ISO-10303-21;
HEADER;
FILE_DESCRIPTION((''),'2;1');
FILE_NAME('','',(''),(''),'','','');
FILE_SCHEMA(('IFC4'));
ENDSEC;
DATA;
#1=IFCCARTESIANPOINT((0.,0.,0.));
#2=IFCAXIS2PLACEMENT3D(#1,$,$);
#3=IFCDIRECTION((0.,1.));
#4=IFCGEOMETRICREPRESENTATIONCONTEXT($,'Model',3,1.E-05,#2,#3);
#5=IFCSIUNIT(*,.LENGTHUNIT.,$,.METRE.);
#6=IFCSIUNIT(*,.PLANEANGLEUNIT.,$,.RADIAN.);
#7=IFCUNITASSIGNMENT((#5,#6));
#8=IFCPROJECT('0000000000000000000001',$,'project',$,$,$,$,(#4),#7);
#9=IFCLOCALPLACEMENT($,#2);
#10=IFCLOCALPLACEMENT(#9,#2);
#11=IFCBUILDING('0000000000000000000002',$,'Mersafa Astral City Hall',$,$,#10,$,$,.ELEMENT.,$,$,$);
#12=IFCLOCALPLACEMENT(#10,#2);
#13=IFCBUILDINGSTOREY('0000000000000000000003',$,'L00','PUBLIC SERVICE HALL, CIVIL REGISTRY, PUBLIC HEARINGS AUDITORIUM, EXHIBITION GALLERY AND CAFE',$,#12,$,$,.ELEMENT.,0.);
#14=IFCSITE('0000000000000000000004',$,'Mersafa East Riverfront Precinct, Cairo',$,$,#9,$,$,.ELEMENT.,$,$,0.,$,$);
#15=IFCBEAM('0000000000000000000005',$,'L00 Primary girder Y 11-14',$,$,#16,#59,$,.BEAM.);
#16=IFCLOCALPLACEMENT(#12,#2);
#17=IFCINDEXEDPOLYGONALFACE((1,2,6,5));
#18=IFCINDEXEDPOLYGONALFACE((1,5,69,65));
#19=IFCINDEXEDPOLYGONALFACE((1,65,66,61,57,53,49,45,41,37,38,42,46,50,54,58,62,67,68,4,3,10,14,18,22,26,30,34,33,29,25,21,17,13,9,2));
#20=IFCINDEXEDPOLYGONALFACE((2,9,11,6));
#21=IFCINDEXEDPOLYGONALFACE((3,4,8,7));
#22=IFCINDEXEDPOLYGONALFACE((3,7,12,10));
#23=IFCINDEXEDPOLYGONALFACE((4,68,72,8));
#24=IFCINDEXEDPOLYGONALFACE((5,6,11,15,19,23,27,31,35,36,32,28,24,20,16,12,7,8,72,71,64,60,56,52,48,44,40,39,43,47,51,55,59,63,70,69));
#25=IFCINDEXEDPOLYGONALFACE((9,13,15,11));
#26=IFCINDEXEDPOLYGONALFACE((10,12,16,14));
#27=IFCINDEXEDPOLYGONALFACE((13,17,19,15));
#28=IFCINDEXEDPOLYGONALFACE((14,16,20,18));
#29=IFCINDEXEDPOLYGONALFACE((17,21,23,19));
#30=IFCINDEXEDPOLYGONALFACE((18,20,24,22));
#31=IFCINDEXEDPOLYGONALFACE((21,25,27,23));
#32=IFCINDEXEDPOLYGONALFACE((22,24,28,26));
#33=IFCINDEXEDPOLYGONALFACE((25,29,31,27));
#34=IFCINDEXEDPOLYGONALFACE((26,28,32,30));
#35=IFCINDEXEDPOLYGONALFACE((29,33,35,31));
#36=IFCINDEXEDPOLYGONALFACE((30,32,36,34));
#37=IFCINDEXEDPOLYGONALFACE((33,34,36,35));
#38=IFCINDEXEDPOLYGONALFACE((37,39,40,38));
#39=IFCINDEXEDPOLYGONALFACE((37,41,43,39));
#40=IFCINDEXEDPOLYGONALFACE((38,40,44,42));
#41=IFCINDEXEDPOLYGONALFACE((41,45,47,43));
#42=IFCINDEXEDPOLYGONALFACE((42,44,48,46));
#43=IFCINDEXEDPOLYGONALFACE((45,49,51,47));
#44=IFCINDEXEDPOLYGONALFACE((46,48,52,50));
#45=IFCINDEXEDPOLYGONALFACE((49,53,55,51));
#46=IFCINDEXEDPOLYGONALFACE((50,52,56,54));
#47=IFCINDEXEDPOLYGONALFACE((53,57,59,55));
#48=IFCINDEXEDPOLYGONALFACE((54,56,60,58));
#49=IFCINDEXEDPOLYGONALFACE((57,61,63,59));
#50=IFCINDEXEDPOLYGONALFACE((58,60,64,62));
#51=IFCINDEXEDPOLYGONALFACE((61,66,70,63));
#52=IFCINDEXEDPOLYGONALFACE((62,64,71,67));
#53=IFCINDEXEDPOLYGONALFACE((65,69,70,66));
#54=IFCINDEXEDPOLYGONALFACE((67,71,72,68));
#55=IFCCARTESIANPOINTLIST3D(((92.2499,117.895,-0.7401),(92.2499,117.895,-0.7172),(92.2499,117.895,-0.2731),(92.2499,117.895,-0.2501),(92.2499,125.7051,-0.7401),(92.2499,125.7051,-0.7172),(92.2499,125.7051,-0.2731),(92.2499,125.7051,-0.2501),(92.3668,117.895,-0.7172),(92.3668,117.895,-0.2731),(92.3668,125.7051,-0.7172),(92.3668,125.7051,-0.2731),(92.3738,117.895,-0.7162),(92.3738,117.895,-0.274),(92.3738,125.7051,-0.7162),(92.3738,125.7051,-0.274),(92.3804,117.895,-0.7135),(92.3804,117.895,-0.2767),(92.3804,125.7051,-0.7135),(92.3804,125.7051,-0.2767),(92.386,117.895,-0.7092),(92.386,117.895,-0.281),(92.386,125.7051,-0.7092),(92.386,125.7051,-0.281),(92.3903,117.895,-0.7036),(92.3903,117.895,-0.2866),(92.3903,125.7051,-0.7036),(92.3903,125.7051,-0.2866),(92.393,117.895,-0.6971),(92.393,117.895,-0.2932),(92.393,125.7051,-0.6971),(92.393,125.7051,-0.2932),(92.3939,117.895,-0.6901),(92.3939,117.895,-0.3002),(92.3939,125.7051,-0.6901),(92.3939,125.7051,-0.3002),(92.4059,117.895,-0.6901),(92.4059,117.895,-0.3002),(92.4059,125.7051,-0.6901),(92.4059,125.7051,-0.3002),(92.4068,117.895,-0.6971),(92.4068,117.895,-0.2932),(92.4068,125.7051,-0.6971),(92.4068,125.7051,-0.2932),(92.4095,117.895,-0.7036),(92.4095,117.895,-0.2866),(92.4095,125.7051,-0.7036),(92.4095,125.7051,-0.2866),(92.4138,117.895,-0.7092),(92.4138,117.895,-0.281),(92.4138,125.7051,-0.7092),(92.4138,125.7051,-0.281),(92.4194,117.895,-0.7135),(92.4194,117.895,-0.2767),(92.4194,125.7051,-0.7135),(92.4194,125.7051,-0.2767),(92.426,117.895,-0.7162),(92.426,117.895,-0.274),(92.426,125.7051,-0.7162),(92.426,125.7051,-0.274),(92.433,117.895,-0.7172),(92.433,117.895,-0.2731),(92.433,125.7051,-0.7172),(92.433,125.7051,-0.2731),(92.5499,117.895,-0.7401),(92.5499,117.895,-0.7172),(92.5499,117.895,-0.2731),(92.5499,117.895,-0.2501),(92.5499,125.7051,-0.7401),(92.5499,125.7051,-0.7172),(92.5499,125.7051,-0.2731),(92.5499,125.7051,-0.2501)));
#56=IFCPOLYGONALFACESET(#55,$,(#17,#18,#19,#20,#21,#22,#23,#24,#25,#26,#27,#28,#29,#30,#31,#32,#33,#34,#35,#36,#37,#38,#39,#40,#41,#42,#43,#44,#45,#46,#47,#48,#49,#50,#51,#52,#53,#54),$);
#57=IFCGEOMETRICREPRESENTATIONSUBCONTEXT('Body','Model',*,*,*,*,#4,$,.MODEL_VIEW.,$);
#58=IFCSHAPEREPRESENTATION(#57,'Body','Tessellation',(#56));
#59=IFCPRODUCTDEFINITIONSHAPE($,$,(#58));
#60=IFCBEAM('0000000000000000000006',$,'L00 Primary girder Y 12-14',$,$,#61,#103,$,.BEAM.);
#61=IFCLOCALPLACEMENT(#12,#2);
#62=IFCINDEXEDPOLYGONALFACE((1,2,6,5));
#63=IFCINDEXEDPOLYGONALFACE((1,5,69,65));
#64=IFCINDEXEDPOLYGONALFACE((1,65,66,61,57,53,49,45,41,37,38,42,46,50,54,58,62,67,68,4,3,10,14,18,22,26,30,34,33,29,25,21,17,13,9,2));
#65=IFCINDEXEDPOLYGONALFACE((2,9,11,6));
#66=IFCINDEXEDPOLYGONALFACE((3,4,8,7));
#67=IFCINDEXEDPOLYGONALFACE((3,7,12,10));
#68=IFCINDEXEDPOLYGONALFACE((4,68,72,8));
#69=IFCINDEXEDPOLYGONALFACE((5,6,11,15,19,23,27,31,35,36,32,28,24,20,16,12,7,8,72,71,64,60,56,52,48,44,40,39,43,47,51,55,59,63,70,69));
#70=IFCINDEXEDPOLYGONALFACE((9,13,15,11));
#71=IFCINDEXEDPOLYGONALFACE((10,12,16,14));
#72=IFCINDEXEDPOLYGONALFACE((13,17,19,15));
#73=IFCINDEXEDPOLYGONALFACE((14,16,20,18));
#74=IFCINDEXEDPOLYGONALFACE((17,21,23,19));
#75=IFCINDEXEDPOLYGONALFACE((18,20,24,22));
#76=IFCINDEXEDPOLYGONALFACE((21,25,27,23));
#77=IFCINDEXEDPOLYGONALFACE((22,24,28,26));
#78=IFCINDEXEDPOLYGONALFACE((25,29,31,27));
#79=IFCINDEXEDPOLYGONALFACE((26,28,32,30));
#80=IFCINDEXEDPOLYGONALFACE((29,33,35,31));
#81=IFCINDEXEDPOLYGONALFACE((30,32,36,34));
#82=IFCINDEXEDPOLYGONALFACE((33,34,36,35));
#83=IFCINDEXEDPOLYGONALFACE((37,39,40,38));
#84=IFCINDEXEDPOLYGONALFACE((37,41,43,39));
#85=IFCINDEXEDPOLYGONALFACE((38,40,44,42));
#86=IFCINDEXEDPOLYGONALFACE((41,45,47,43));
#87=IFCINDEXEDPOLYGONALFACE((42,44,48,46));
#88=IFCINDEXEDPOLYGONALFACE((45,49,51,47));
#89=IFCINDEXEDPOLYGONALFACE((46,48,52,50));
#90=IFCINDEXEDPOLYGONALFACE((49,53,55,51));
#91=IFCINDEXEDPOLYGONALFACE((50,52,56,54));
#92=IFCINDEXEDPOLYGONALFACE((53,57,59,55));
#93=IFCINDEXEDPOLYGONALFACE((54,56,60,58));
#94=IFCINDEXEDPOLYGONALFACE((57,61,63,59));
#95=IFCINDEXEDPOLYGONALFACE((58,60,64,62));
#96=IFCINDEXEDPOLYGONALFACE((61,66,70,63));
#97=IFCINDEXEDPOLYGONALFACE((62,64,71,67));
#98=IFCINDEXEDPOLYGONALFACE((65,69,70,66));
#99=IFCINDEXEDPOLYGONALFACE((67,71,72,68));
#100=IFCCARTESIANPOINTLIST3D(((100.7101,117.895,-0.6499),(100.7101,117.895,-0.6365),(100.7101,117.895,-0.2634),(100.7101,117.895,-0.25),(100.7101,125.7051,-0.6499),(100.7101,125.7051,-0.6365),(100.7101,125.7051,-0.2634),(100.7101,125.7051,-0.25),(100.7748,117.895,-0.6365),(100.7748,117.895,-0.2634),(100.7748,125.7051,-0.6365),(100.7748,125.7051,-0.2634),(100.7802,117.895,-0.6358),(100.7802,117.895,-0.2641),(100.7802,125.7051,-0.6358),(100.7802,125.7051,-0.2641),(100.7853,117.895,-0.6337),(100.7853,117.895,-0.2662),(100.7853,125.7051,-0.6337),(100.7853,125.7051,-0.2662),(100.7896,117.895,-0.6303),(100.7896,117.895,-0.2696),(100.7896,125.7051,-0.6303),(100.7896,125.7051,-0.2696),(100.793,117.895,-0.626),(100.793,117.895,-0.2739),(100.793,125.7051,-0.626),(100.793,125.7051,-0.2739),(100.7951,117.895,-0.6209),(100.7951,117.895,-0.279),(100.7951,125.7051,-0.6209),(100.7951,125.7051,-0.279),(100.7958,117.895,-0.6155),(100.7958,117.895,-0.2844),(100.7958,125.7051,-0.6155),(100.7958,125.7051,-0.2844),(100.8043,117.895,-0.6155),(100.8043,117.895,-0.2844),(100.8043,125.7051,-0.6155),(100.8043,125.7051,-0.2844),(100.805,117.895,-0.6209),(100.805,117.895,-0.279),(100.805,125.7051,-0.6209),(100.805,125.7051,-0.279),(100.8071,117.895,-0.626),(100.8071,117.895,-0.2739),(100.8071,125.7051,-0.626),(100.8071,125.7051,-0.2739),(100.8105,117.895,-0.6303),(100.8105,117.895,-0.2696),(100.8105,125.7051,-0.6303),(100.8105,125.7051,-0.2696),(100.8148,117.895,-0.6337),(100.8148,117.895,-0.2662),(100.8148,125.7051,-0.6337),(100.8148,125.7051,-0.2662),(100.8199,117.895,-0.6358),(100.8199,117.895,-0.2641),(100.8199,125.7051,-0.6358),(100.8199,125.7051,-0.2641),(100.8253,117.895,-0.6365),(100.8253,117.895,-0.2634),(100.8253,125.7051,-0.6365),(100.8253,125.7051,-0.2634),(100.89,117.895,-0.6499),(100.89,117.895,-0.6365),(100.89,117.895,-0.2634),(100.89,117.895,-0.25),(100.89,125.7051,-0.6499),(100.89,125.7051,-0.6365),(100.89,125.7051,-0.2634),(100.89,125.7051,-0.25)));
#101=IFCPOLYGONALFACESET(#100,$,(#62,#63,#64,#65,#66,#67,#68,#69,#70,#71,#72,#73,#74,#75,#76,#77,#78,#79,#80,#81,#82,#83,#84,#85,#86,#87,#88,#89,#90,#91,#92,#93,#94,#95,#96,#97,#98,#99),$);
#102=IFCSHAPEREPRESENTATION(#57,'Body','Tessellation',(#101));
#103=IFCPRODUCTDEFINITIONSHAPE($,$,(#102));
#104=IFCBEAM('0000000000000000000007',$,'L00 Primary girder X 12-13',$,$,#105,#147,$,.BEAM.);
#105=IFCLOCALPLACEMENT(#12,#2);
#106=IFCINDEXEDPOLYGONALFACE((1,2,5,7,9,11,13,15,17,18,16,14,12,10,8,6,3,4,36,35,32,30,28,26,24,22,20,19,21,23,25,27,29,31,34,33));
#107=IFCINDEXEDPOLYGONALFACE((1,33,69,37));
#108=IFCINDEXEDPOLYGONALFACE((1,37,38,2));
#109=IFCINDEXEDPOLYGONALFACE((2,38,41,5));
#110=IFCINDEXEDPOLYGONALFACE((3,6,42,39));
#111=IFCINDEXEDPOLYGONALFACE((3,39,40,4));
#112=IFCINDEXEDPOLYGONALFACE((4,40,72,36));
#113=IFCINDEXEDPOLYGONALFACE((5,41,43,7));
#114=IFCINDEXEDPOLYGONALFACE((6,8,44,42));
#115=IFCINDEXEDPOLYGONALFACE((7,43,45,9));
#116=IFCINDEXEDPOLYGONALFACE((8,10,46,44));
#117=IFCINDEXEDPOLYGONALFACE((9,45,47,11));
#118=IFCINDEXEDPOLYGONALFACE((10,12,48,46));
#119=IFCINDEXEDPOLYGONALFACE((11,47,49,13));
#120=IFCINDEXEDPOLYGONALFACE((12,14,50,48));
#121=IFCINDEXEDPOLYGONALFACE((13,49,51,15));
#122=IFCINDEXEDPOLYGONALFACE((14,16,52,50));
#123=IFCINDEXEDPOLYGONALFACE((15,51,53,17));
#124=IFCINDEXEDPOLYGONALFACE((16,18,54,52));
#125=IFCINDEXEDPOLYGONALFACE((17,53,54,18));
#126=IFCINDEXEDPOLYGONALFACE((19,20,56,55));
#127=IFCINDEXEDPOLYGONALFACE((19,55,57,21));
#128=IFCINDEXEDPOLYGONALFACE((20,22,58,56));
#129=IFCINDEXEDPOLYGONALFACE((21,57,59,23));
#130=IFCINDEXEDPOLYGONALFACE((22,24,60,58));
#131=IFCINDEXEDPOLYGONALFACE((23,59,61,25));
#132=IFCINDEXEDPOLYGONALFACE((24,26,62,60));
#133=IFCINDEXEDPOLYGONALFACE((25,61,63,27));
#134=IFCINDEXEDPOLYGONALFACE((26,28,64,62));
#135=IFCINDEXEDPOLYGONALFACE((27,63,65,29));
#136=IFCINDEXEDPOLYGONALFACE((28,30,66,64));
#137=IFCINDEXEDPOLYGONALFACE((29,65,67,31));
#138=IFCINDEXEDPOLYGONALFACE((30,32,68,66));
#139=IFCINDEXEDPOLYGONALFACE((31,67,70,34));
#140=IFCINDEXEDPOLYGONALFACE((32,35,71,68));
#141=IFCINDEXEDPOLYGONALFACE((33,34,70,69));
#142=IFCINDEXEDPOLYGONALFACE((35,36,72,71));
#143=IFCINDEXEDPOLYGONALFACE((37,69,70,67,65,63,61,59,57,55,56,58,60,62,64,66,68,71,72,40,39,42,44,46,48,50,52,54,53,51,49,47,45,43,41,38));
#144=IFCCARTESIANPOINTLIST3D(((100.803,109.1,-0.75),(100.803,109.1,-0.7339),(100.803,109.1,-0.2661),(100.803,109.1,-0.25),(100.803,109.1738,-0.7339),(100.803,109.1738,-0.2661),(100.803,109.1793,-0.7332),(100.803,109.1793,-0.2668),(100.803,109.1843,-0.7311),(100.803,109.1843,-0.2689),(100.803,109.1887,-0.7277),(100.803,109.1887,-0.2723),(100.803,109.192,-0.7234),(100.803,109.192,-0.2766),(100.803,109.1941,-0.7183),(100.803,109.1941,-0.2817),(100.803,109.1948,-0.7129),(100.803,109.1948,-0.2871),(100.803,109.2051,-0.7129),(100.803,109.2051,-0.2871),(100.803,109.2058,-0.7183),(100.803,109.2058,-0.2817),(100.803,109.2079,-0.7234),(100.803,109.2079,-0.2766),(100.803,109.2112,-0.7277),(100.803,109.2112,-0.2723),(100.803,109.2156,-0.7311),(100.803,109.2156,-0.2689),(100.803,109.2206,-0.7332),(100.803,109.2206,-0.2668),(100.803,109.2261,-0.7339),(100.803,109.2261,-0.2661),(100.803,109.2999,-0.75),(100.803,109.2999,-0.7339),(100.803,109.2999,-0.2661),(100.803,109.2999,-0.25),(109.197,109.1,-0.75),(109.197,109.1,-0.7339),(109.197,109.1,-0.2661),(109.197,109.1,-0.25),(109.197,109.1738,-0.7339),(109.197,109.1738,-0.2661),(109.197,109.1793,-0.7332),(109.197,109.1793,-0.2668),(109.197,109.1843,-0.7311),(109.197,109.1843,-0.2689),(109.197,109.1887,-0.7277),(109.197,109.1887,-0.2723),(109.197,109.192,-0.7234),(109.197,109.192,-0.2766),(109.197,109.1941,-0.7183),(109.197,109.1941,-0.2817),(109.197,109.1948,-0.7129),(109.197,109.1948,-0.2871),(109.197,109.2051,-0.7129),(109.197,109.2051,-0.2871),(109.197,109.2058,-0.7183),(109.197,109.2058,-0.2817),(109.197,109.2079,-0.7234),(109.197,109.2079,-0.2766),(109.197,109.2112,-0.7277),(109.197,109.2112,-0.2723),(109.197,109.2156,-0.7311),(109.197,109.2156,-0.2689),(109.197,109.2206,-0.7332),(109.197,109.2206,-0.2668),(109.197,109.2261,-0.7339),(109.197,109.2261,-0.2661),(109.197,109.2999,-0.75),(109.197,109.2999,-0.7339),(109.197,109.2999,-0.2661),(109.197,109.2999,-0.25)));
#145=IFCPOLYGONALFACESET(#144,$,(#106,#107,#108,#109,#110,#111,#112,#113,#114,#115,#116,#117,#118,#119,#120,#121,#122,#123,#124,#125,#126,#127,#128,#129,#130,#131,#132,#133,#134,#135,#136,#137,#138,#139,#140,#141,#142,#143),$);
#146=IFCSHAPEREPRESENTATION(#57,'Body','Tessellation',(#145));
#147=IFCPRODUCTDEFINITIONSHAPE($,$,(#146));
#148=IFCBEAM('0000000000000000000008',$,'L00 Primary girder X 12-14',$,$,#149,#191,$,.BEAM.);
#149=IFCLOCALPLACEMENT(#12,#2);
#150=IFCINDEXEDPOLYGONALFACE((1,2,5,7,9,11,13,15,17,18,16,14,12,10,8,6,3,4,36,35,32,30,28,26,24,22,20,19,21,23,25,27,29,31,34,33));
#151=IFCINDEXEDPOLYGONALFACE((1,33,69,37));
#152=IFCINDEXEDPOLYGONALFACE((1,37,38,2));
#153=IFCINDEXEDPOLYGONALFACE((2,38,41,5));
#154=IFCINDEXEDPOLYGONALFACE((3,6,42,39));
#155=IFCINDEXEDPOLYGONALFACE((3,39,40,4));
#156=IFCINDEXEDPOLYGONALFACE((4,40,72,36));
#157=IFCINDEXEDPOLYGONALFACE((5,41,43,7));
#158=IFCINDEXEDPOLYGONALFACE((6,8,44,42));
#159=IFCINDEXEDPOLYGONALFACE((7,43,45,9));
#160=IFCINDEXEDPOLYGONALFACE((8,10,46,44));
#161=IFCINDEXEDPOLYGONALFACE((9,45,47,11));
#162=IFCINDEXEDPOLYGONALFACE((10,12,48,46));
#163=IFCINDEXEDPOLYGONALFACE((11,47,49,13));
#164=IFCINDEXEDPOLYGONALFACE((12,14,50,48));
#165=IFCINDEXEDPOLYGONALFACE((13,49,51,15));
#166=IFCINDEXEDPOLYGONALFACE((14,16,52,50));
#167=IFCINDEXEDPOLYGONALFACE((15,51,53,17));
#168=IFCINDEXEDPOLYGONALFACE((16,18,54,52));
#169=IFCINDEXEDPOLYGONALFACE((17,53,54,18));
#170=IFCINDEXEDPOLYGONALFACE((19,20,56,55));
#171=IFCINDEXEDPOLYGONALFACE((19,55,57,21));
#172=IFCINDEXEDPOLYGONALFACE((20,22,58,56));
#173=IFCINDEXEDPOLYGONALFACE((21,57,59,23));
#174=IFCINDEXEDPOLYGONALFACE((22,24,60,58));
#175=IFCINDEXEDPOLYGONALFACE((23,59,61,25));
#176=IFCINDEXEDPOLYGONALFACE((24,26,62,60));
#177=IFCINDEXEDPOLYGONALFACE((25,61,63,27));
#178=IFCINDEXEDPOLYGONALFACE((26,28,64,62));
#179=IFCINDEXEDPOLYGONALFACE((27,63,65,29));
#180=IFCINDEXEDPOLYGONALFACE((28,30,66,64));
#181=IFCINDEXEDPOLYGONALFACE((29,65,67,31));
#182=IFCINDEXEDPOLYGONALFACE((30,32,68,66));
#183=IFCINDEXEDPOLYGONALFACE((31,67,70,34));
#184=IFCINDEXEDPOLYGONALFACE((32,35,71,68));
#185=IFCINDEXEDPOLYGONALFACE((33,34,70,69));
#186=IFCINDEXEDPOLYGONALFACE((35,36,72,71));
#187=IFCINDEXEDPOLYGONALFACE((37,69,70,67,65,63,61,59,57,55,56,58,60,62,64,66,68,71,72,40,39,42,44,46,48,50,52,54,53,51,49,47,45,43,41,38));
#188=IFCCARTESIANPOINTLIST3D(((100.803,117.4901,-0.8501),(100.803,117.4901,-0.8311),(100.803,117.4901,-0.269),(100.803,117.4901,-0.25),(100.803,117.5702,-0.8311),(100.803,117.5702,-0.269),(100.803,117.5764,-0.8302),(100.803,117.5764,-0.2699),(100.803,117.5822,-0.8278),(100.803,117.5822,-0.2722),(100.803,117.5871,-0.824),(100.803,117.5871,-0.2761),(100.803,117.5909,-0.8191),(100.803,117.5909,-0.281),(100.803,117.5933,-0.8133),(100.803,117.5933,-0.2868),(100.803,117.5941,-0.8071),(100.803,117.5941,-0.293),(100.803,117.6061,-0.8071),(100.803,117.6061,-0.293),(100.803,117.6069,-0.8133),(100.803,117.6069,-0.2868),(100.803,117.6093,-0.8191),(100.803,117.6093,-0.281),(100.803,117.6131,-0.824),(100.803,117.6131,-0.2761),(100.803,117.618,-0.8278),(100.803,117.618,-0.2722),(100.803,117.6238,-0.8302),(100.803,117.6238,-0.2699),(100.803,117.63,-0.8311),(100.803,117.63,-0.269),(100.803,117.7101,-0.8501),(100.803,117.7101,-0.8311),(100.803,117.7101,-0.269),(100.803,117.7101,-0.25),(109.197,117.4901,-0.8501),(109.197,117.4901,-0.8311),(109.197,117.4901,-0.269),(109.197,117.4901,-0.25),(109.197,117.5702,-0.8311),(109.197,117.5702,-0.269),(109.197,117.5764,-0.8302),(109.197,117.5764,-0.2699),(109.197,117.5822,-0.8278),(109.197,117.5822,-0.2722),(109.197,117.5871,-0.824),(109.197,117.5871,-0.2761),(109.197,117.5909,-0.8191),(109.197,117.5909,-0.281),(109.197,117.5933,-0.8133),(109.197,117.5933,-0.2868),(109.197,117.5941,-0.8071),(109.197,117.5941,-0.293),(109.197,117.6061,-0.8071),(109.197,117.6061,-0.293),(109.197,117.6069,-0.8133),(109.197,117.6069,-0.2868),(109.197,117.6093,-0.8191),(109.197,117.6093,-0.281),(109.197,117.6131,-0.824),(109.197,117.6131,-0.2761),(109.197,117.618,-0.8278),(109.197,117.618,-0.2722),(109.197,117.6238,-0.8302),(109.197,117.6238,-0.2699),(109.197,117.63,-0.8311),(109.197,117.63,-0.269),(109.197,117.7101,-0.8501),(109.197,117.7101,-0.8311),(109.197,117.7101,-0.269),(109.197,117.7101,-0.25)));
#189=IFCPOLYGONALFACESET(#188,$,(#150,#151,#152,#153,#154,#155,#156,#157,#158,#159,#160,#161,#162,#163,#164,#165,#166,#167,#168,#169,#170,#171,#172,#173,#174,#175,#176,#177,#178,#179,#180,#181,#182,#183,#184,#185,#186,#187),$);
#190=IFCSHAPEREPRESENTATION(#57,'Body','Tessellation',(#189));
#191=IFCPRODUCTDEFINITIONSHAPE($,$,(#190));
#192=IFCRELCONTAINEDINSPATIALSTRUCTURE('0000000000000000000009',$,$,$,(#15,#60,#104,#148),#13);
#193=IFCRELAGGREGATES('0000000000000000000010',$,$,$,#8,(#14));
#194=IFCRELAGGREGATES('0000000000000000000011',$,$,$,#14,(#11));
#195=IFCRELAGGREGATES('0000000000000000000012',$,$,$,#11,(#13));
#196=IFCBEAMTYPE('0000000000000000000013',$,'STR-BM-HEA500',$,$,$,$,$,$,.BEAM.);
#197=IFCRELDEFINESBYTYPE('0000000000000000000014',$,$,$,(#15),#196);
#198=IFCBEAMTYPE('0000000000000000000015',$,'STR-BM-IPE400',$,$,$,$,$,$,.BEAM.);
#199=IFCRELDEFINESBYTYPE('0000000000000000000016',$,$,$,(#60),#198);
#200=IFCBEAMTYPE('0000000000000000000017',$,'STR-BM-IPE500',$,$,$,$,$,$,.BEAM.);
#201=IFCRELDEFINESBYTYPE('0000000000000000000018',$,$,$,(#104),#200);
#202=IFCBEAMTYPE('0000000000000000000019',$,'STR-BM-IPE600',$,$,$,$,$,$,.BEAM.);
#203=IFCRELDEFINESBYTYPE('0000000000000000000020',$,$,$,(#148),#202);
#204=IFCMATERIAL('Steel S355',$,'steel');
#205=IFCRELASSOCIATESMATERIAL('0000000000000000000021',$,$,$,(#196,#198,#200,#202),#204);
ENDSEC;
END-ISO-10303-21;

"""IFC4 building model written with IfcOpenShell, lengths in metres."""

from ifc_helpers import new_model, si_unit, direction, frame, origin, origin_2d, place, context, subcontext, project, spatial, i_section, extrude, material, material_profile, profile_set, type_object, element, save


model = new_model("IFC4")

# Units and contexts
model_context = context("Model", 3, precision=1e-05, world=origin(), true_north=direction((0.0, 1.0)))
body_context = subcontext(model_context, "Body", "Model", "MODEL_VIEW")
ifc_project = project(units=[si_unit("LENGTHUNIT", "METRE"), si_unit("PLANEANGLEUNIT", "RADIAN")], contexts=[model_context])

# Site, building, storey
site_placement = place(None, origin())
site = spatial("IfcSite", under=ifc_project, at=site_placement, Name="Mersafa East Riverfront Precinct, Cairo", CompositionType="ELEMENT", RefElevation=0.0)
building_placement = place(site_placement, origin())
building = spatial("IfcBuilding", under=site, at=building_placement, Name="Mersafa Astral City Hall", CompositionType="ELEMENT")
storey_placement = place(building_placement, origin())
storey = spatial("IfcBuildingStorey", under=building, at=storey_placement, Name="L00", Description="PUBLIC SERVICE HALL, CIVIL REGISTRY, PUBLIC HEARINGS AUDITORIUM, EXHIBITION GALLERY AND CAFE", CompositionType="ELEMENT", Elevation=0.0)

# Shared definitions
ifc_material_1 = material(Name="Steel S355", Category="steel")

# Beams
ifc_material_profile_1 = material_profile(ifc_material_1, i_section(OverallWidth=0.3, OverallDepth=0.49, WebThickness=0.012, FlangeThickness=0.0229, FilletRadius=0.0271, at=origin_2d()), Name="HEA 500")
ifc_profile_set_1 = profile_set([ifc_material_profile_1], Name="Steel S355")
beam_type_1 = type_object("IfcBeamType", Name="STR-BM-HEA500", PredefinedType="BEAM", material=ifc_profile_set_1)
beam_1_placement = place(storey_placement, frame((92.3999, 117.895, -0.4951), z_axis=(0.0, 1.0, 0.0), x_axis=(-1.0, 0.0, 0.0)))
element("IfcBeam", 1, at=beam_1_placement, inside=storey, type_object=beam_type_1, Name="L00 Primary girder Y 11-14", PredefinedType="BEAM", context=body_context, shape_type="SweptSolid", body=[
    extrude(i_section(OverallWidth=0.3, OverallDepth=0.49, WebThickness=0.012, FlangeThickness=0.0229, FilletRadius=0.0271, at=origin_2d()), origin(), (0.0, 0.0, 1.0), 7.8101),
])
ifc_material_profile_2 = material_profile(ifc_material_1, i_section(OverallWidth=0.1799, OverallDepth=0.3999, WebThickness=0.0085, FlangeThickness=0.0134, FilletRadius=0.021, at=origin_2d()), Name="IPE 400")
ifc_profile_set_2 = profile_set([ifc_material_profile_2], Name="Steel S355")
beam_type_2 = type_object("IfcBeamType", Name="STR-BM-IPE400", PredefinedType="BEAM", material=ifc_profile_set_2)
beam_2_placement = place(storey_placement, frame((100.8, 117.895, -0.45), z_axis=(0.0, 1.0, 0.0), x_axis=(-1.0, 0.0, 0.0)))
element("IfcBeam", 2, at=beam_2_placement, inside=storey, type_object=beam_type_2, Name="L00 Primary girder Y 12-14", PredefinedType="BEAM", context=body_context, shape_type="SweptSolid", body=[
    extrude(i_section(OverallWidth=0.1799, OverallDepth=0.3999, WebThickness=0.0085, FlangeThickness=0.0134, FilletRadius=0.021, at=origin_2d()), origin(), (0.0, 0.0, 1.0), 7.8101),
])
ifc_material_profile_3 = material_profile(ifc_material_1, i_section(OverallWidth=0.2, OverallDepth=0.5, WebThickness=0.0103, FlangeThickness=0.0161, FilletRadius=0.021, at=origin_2d()), Name="IPE 500")
ifc_profile_set_3 = profile_set([ifc_material_profile_3], Name="Steel S355")
beam_type_3 = type_object("IfcBeamType", Name="STR-BM-IPE500", PredefinedType="BEAM", material=ifc_profile_set_3)
beam_3_placement = place(storey_placement, frame((100.803, 109.2, -0.5), z_axis=(1.0, 0.0, 0.0), x_axis=(0.0, 1.0, 0.0)))
element("IfcBeam", 3, at=beam_3_placement, inside=storey, type_object=beam_type_3, Name="L00 Primary girder X 12-13", PredefinedType="BEAM", context=body_context, shape_type="SweptSolid", body=[
    extrude(i_section(OverallWidth=0.2, OverallDepth=0.5, WebThickness=0.0103, FlangeThickness=0.0161, FilletRadius=0.021, at=origin_2d()), origin(), (0.0, 0.0, 1.0), 8.394),
])
ifc_material_profile_4 = material_profile(ifc_material_1, i_section(OverallWidth=0.22, OverallDepth=0.6001, WebThickness=0.012, FlangeThickness=0.019, FilletRadius=0.0239, at=origin_2d()), Name="IPE 600")
ifc_profile_set_4 = profile_set([ifc_material_profile_4], Name="Steel S355")
beam_type_4 = type_object("IfcBeamType", Name="STR-BM-IPE600", PredefinedType="BEAM", material=ifc_profile_set_4)
beam_4_placement = place(storey_placement, frame((100.803, 117.6001, -0.55), z_axis=(1.0, 0.0, 0.0), x_axis=(0.0, 1.0, 0.0)))
element("IfcBeam", 4, at=beam_4_placement, inside=storey, type_object=beam_type_4, Name="L00 Primary girder X 12-14", PredefinedType="BEAM", context=body_context, shape_type="SweptSolid", body=[
    extrude(i_section(OverallWidth=0.22, OverallDepth=0.6001, WebThickness=0.012, FlangeThickness=0.019, FilletRadius=0.0239, at=origin_2d()), origin(), (0.0, 0.0, 1.0), 8.394),
])

save(model, "model.ifc")
